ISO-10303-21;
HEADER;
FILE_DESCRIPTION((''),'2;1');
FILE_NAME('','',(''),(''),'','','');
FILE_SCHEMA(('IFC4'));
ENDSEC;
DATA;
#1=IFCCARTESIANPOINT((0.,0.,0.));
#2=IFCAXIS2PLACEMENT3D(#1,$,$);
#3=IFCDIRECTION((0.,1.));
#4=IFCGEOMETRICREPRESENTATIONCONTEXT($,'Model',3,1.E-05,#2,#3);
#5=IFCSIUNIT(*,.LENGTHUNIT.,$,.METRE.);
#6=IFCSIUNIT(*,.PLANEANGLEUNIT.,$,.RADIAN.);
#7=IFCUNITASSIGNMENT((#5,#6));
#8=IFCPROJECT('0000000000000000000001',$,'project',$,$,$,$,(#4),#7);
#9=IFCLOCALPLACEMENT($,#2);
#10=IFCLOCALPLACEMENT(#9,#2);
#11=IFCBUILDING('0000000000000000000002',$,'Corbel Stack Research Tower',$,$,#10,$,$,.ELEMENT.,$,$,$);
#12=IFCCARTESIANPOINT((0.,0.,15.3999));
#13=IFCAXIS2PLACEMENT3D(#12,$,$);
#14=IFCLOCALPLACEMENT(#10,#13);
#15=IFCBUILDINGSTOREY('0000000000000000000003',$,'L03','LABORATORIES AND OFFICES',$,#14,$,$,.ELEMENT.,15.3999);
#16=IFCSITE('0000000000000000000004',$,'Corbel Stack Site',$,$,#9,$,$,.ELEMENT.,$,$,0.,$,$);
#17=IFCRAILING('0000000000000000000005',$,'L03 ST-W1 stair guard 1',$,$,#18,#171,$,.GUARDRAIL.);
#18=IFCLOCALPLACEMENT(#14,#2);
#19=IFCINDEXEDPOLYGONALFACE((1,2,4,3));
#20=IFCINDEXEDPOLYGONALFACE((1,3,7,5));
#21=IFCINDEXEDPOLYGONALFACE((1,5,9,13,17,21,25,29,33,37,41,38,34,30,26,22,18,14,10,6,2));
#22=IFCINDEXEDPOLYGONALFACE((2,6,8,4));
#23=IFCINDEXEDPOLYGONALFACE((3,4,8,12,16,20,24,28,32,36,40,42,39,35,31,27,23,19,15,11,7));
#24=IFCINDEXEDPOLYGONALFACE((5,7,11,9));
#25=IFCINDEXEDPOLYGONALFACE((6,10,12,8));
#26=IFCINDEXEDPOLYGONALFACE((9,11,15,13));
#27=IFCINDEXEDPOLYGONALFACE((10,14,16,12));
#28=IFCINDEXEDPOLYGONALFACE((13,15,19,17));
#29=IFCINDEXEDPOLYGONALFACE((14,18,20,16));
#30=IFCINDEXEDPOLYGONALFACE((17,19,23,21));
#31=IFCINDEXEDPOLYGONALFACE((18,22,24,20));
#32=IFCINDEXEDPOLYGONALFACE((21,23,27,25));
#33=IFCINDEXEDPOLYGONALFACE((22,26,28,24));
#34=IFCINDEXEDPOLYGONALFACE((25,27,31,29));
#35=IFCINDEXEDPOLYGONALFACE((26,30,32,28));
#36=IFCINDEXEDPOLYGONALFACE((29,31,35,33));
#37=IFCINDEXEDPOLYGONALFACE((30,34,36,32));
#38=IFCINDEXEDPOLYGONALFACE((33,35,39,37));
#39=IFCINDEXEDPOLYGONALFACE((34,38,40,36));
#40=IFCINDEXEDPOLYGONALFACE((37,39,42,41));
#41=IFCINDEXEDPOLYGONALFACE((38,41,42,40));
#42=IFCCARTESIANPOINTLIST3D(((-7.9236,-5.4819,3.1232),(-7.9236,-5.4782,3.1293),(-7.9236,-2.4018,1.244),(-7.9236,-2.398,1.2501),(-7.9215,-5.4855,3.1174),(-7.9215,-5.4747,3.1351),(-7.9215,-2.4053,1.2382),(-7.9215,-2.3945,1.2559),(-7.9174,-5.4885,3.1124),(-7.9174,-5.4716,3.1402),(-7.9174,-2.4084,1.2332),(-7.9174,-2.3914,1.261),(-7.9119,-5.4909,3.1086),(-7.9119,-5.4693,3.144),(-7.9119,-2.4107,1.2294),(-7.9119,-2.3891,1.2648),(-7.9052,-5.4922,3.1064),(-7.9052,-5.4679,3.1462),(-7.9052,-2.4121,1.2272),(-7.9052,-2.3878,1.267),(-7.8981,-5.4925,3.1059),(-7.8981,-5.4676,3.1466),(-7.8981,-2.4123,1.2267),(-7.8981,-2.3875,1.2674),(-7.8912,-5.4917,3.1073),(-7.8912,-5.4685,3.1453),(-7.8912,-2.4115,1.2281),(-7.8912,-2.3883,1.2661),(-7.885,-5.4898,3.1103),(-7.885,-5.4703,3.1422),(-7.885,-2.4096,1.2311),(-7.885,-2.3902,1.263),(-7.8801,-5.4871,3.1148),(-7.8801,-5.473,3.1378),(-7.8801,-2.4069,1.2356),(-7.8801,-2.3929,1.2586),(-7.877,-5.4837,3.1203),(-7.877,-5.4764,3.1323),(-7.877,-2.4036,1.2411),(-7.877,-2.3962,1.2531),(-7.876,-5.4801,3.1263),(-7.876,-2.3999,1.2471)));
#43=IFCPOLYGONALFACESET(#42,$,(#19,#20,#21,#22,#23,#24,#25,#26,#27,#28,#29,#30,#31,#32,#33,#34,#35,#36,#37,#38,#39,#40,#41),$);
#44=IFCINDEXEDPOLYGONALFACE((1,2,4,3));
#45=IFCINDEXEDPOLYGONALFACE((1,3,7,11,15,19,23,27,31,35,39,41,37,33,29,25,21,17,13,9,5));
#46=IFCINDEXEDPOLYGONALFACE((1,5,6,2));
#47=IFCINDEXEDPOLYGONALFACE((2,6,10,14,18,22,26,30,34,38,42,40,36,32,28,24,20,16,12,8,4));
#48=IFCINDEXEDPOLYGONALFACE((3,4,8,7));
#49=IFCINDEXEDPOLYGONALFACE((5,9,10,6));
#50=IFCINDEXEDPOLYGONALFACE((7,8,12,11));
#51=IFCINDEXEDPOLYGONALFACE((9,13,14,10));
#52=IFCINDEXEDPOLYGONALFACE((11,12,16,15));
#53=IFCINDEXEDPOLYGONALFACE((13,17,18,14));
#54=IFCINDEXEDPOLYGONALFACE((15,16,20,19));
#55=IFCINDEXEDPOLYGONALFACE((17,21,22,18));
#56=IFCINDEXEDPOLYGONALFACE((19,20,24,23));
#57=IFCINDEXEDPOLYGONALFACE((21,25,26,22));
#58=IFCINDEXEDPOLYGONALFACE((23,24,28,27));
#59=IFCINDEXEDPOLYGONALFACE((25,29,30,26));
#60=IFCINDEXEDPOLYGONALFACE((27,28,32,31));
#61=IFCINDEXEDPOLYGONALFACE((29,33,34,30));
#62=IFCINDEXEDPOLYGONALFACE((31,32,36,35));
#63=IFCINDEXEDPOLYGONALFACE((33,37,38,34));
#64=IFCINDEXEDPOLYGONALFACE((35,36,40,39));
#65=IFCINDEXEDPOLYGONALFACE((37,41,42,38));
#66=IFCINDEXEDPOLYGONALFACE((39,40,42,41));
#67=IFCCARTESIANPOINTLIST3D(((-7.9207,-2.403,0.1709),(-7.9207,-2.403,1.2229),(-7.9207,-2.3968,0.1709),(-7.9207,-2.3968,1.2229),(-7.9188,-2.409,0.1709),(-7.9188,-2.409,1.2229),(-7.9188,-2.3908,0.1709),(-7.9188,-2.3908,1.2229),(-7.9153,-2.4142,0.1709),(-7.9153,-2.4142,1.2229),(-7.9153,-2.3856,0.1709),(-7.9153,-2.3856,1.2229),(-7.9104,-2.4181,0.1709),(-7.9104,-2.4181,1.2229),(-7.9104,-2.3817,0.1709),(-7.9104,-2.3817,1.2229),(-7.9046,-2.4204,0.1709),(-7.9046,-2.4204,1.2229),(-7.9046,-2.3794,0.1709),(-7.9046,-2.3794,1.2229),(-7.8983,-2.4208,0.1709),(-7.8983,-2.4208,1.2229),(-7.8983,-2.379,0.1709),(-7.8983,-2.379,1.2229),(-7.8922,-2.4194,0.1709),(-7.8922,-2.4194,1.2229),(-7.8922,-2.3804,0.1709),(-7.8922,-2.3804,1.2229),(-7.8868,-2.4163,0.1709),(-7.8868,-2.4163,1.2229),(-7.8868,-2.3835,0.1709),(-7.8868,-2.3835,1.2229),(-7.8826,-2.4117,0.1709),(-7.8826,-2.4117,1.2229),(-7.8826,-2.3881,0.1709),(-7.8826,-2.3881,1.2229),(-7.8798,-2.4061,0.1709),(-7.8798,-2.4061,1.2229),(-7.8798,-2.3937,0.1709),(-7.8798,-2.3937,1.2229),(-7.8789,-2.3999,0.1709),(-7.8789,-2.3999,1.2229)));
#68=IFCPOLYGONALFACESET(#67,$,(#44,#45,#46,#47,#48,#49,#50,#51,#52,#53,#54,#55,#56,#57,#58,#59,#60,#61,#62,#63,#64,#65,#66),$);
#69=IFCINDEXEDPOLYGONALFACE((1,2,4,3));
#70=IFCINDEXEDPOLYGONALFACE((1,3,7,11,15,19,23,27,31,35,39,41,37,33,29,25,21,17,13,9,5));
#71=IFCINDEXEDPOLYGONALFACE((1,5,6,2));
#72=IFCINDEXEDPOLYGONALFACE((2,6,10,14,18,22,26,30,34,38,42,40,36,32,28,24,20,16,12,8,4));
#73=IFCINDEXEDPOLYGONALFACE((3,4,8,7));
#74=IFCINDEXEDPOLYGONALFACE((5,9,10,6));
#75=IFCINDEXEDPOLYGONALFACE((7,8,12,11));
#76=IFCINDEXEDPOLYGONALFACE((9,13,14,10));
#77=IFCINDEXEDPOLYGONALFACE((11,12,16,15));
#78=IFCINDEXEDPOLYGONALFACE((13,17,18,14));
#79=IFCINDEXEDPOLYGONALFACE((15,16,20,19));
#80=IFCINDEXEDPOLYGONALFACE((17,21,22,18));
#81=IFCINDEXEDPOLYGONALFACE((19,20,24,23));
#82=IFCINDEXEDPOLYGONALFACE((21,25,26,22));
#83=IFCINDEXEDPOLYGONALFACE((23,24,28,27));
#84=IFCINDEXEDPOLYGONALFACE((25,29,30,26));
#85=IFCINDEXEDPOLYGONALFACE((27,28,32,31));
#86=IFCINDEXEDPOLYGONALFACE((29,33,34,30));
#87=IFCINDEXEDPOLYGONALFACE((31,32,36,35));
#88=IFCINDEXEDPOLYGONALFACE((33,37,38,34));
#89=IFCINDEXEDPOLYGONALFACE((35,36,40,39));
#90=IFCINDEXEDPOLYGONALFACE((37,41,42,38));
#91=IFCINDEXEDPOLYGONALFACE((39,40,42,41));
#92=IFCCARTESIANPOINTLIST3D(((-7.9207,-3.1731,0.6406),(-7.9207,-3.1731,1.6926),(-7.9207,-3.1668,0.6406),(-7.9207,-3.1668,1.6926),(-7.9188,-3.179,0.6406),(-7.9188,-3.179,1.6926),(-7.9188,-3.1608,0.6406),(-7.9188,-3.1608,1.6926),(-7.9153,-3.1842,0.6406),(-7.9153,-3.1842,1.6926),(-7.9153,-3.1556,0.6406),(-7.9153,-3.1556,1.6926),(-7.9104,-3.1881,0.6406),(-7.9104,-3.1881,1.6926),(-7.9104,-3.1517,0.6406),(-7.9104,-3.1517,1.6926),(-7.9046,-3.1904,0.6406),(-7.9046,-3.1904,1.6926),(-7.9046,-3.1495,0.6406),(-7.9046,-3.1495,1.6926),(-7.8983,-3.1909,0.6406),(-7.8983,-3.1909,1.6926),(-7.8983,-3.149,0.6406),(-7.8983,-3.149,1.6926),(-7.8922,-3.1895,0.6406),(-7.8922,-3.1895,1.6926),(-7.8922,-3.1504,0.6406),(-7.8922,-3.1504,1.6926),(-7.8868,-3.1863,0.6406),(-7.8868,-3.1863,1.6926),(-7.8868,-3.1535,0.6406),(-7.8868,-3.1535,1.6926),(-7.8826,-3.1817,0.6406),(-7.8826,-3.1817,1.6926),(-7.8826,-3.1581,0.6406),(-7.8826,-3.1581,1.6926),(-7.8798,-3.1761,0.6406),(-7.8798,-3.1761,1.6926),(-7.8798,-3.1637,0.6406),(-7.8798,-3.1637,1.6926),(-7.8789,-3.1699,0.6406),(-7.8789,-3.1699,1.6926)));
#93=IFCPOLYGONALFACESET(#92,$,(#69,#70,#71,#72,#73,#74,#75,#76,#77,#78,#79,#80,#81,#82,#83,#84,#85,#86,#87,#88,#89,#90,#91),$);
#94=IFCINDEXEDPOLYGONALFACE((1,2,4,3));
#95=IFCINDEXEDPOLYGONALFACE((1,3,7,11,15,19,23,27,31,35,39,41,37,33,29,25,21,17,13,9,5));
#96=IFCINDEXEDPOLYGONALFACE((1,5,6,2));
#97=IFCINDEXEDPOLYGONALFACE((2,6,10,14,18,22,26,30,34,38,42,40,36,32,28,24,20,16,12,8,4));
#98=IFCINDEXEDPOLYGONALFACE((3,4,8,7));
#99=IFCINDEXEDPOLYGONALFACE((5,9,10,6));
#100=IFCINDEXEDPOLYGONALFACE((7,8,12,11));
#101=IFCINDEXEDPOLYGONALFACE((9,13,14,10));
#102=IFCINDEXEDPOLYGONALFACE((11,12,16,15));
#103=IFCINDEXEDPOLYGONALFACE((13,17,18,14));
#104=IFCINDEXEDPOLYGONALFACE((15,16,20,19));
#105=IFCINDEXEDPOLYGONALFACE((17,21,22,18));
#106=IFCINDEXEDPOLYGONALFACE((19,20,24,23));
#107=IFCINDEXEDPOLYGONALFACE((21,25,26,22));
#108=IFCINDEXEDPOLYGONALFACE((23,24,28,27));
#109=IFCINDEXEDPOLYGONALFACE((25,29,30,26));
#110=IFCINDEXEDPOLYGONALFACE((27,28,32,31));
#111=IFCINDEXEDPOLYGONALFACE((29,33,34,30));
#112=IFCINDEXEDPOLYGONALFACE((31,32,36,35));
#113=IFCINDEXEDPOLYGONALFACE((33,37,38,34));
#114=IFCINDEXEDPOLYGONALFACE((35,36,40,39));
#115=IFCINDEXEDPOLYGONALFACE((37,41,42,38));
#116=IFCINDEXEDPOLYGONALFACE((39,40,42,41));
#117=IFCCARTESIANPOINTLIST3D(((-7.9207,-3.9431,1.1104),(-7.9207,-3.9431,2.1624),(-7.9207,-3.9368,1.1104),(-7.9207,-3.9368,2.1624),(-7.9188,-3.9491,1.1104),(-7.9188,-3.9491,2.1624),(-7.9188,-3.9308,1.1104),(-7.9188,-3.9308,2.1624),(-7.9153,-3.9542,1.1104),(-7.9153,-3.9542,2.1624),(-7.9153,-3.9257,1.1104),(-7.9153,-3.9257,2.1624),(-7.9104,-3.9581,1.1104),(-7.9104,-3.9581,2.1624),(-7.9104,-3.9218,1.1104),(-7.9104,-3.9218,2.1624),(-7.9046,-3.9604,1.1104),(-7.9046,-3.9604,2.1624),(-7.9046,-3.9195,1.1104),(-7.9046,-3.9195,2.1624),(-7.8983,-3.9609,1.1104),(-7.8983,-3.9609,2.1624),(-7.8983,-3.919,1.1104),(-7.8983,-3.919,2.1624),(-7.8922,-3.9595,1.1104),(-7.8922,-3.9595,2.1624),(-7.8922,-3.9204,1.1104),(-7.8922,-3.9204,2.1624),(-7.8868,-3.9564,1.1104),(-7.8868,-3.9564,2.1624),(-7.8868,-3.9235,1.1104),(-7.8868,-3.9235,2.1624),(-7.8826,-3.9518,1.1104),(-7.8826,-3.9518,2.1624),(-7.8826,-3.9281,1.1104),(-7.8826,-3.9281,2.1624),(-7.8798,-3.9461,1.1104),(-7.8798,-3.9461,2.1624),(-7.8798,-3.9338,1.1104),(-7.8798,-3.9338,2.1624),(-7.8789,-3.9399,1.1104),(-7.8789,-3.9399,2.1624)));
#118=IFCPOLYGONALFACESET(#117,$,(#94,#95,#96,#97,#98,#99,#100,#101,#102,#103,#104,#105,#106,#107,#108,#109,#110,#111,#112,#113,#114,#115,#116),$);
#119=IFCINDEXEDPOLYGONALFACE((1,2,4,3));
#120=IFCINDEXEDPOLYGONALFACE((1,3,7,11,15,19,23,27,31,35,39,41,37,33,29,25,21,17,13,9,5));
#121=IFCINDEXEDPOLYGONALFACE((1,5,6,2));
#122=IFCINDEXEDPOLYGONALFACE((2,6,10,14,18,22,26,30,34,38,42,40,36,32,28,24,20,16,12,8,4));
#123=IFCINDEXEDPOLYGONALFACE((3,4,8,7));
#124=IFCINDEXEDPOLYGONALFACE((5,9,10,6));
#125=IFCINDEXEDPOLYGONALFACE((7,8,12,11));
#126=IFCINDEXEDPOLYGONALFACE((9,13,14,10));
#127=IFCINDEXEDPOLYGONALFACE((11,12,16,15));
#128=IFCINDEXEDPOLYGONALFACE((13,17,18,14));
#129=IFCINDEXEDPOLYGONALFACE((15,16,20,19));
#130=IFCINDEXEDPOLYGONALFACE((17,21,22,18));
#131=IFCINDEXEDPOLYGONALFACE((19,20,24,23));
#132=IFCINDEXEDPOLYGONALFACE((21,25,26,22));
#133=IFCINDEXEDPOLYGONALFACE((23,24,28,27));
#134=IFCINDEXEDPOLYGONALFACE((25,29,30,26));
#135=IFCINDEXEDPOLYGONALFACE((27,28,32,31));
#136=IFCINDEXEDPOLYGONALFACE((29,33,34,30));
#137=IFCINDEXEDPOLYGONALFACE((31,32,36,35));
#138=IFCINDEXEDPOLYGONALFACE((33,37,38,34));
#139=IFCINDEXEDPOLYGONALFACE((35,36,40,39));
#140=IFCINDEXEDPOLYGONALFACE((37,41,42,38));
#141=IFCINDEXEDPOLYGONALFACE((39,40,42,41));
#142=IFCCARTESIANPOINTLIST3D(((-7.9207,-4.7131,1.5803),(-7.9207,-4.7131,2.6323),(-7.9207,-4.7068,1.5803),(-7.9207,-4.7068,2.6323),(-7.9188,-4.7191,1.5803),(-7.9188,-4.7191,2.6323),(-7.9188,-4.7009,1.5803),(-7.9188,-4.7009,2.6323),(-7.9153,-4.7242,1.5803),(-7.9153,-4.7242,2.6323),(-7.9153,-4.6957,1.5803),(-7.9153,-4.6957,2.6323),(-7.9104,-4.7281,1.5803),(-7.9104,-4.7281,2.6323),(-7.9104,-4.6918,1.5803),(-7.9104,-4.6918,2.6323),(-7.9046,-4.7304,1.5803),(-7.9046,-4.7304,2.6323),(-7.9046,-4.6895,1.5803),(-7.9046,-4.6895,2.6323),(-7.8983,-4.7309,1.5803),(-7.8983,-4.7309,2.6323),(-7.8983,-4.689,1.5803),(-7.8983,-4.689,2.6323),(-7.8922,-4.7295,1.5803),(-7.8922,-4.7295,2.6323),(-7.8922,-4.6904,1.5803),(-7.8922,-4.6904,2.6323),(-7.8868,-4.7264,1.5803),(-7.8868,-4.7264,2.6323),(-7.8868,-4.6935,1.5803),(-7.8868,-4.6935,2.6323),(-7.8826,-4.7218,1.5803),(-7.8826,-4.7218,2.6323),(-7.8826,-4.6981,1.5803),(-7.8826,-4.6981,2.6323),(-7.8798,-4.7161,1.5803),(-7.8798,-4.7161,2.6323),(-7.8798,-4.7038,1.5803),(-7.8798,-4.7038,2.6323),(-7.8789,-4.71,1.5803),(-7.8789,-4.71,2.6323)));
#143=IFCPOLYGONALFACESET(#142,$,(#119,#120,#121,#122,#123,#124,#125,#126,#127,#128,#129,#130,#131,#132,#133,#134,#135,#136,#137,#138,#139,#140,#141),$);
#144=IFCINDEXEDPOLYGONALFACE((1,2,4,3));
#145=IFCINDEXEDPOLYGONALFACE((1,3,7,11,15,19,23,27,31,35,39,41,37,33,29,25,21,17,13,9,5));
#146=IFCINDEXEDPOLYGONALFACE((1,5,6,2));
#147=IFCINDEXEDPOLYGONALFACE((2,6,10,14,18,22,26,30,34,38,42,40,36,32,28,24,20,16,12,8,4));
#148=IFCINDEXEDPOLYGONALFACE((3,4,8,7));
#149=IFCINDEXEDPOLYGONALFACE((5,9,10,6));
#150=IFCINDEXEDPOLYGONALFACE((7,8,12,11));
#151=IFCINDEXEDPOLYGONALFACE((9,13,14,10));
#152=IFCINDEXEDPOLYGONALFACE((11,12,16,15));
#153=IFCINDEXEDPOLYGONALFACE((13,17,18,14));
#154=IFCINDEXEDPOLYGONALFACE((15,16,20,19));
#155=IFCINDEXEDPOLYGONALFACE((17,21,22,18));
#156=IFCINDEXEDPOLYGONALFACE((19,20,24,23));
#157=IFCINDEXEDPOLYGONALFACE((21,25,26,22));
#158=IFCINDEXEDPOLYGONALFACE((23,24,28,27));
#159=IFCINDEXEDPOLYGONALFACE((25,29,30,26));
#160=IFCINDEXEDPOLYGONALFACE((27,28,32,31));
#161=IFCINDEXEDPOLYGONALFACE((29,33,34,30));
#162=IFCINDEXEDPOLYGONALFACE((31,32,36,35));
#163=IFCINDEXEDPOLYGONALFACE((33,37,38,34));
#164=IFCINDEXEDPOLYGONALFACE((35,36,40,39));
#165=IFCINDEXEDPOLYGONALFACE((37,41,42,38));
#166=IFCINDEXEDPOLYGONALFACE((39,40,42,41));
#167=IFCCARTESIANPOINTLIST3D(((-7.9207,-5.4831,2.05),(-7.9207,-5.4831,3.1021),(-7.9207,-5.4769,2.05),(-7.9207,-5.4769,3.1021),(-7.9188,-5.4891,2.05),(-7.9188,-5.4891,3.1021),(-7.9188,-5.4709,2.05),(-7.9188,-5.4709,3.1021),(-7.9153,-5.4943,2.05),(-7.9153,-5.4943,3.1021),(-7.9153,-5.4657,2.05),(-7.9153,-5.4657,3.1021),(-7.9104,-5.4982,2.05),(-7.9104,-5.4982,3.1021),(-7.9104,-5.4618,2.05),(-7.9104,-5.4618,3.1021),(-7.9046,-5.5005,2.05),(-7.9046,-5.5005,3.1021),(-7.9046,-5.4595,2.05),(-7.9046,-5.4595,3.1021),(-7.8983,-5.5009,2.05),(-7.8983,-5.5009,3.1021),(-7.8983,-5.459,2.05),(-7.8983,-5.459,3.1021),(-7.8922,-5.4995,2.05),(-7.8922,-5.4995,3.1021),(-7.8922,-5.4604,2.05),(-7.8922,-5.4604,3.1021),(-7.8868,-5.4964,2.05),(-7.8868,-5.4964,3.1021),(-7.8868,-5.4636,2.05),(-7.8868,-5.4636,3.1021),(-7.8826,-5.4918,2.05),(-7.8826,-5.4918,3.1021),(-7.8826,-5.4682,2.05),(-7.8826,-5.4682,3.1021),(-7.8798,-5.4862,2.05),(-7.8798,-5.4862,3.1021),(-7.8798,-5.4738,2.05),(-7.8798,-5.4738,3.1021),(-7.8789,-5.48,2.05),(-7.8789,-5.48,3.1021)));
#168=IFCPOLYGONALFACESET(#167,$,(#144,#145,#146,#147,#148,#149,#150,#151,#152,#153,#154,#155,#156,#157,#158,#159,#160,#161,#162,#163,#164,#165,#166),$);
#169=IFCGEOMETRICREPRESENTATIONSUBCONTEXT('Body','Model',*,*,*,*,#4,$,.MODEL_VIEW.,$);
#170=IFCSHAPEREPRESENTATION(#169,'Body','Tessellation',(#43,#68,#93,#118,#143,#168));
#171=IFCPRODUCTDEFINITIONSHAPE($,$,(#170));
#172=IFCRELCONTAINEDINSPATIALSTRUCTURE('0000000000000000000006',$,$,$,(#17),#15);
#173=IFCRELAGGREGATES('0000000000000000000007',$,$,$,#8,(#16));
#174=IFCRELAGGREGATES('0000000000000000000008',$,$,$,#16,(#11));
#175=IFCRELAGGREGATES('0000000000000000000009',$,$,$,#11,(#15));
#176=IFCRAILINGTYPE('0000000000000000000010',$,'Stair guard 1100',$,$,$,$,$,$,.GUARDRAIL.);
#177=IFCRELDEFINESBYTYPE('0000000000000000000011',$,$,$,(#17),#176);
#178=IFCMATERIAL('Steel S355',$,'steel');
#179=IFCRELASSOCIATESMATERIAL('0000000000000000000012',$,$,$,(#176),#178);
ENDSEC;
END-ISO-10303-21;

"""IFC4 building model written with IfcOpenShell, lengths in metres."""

from ifc_helpers import new_model, si_unit, direction, frame, origin, origin_2d, place, context, subcontext, project, spatial, circle, extrude, material, type_object, element, save


model = new_model("IFC4")

# Units and contexts
model_context = context("Model", 3, precision=1e-05, world=origin(), true_north=direction((0.0, 1.0)))
body_context = subcontext(model_context, "Body", "Model", "MODEL_VIEW")
ifc_project = project(units=[si_unit("LENGTHUNIT", "METRE"), si_unit("PLANEANGLEUNIT", "RADIAN")], contexts=[model_context])

# Site, building, storey
site_placement = place(None, origin())
site = spatial("IfcSite", under=ifc_project, at=site_placement, Name="Corbel Stack Site", CompositionType="ELEMENT", RefElevation=0.0)
building_placement = place(site_placement, origin())
building = spatial("IfcBuilding", under=site, at=building_placement, Name="Corbel Stack Research Tower", CompositionType="ELEMENT")
storey_placement = place(building_placement, frame((0.0, 0.0, 15.3999)))
storey = spatial("IfcBuildingStorey", under=building, at=storey_placement, Name="L03", Description="LABORATORIES AND OFFICES", CompositionType="ELEMENT", Elevation=15.3999)

# Railing
ifc_material_1 = material(Name="Steel S355", Category="steel")
railing_type_1 = type_object("IfcRailingType", Name="Stair guard 1100", PredefinedType="GUARDRAIL", material=ifc_material_1)
railing_1_placement = place(storey_placement, frame((-7.8999, -2.3999, 0.1709)))
element("IfcRailing", 1, at=railing_1_placement, inside=storey, type_object=railing_type_1, Name="L03 ST-W1 stair guard 1", PredefinedType="GUARDRAIL", context=body_context, shape_type="SweptSolid", body=[
    extrude(circle(Radius=0.0239, at=origin_2d()), frame((0.0, 0.0, 1.0762), z_axis=(0.0, -0.853666, 0.52082), x_axis=(1.0, 0.0, 0.0)), (0.0, 0.0, 1.0), 3.6082),
    extrude(circle(Radius=0.021, at=origin_2d()), origin(), (0.0, 0.0, 1.0), 1.052),
    extrude(circle(Radius=0.021, at=origin_2d()), frame((0.0, -0.77, 0.4697)), (0.0, 0.0, 1.0), 1.052),
    extrude(circle(Radius=0.021, at=origin_2d()), frame((0.0, -1.54, 0.9395)), (0.0, 0.0, 1.0), 1.052),
    extrude(circle(Radius=0.021, at=origin_2d()), frame((0.0, -2.3101, 1.4094)), (0.0, 0.0, 1.0), 1.052),
    extrude(circle(Radius=0.021, at=origin_2d()), frame((0.0, -3.0801, 1.8792)), (0.0, 0.0, 1.0), 1.052),
])

save(model, "model.ifc")
